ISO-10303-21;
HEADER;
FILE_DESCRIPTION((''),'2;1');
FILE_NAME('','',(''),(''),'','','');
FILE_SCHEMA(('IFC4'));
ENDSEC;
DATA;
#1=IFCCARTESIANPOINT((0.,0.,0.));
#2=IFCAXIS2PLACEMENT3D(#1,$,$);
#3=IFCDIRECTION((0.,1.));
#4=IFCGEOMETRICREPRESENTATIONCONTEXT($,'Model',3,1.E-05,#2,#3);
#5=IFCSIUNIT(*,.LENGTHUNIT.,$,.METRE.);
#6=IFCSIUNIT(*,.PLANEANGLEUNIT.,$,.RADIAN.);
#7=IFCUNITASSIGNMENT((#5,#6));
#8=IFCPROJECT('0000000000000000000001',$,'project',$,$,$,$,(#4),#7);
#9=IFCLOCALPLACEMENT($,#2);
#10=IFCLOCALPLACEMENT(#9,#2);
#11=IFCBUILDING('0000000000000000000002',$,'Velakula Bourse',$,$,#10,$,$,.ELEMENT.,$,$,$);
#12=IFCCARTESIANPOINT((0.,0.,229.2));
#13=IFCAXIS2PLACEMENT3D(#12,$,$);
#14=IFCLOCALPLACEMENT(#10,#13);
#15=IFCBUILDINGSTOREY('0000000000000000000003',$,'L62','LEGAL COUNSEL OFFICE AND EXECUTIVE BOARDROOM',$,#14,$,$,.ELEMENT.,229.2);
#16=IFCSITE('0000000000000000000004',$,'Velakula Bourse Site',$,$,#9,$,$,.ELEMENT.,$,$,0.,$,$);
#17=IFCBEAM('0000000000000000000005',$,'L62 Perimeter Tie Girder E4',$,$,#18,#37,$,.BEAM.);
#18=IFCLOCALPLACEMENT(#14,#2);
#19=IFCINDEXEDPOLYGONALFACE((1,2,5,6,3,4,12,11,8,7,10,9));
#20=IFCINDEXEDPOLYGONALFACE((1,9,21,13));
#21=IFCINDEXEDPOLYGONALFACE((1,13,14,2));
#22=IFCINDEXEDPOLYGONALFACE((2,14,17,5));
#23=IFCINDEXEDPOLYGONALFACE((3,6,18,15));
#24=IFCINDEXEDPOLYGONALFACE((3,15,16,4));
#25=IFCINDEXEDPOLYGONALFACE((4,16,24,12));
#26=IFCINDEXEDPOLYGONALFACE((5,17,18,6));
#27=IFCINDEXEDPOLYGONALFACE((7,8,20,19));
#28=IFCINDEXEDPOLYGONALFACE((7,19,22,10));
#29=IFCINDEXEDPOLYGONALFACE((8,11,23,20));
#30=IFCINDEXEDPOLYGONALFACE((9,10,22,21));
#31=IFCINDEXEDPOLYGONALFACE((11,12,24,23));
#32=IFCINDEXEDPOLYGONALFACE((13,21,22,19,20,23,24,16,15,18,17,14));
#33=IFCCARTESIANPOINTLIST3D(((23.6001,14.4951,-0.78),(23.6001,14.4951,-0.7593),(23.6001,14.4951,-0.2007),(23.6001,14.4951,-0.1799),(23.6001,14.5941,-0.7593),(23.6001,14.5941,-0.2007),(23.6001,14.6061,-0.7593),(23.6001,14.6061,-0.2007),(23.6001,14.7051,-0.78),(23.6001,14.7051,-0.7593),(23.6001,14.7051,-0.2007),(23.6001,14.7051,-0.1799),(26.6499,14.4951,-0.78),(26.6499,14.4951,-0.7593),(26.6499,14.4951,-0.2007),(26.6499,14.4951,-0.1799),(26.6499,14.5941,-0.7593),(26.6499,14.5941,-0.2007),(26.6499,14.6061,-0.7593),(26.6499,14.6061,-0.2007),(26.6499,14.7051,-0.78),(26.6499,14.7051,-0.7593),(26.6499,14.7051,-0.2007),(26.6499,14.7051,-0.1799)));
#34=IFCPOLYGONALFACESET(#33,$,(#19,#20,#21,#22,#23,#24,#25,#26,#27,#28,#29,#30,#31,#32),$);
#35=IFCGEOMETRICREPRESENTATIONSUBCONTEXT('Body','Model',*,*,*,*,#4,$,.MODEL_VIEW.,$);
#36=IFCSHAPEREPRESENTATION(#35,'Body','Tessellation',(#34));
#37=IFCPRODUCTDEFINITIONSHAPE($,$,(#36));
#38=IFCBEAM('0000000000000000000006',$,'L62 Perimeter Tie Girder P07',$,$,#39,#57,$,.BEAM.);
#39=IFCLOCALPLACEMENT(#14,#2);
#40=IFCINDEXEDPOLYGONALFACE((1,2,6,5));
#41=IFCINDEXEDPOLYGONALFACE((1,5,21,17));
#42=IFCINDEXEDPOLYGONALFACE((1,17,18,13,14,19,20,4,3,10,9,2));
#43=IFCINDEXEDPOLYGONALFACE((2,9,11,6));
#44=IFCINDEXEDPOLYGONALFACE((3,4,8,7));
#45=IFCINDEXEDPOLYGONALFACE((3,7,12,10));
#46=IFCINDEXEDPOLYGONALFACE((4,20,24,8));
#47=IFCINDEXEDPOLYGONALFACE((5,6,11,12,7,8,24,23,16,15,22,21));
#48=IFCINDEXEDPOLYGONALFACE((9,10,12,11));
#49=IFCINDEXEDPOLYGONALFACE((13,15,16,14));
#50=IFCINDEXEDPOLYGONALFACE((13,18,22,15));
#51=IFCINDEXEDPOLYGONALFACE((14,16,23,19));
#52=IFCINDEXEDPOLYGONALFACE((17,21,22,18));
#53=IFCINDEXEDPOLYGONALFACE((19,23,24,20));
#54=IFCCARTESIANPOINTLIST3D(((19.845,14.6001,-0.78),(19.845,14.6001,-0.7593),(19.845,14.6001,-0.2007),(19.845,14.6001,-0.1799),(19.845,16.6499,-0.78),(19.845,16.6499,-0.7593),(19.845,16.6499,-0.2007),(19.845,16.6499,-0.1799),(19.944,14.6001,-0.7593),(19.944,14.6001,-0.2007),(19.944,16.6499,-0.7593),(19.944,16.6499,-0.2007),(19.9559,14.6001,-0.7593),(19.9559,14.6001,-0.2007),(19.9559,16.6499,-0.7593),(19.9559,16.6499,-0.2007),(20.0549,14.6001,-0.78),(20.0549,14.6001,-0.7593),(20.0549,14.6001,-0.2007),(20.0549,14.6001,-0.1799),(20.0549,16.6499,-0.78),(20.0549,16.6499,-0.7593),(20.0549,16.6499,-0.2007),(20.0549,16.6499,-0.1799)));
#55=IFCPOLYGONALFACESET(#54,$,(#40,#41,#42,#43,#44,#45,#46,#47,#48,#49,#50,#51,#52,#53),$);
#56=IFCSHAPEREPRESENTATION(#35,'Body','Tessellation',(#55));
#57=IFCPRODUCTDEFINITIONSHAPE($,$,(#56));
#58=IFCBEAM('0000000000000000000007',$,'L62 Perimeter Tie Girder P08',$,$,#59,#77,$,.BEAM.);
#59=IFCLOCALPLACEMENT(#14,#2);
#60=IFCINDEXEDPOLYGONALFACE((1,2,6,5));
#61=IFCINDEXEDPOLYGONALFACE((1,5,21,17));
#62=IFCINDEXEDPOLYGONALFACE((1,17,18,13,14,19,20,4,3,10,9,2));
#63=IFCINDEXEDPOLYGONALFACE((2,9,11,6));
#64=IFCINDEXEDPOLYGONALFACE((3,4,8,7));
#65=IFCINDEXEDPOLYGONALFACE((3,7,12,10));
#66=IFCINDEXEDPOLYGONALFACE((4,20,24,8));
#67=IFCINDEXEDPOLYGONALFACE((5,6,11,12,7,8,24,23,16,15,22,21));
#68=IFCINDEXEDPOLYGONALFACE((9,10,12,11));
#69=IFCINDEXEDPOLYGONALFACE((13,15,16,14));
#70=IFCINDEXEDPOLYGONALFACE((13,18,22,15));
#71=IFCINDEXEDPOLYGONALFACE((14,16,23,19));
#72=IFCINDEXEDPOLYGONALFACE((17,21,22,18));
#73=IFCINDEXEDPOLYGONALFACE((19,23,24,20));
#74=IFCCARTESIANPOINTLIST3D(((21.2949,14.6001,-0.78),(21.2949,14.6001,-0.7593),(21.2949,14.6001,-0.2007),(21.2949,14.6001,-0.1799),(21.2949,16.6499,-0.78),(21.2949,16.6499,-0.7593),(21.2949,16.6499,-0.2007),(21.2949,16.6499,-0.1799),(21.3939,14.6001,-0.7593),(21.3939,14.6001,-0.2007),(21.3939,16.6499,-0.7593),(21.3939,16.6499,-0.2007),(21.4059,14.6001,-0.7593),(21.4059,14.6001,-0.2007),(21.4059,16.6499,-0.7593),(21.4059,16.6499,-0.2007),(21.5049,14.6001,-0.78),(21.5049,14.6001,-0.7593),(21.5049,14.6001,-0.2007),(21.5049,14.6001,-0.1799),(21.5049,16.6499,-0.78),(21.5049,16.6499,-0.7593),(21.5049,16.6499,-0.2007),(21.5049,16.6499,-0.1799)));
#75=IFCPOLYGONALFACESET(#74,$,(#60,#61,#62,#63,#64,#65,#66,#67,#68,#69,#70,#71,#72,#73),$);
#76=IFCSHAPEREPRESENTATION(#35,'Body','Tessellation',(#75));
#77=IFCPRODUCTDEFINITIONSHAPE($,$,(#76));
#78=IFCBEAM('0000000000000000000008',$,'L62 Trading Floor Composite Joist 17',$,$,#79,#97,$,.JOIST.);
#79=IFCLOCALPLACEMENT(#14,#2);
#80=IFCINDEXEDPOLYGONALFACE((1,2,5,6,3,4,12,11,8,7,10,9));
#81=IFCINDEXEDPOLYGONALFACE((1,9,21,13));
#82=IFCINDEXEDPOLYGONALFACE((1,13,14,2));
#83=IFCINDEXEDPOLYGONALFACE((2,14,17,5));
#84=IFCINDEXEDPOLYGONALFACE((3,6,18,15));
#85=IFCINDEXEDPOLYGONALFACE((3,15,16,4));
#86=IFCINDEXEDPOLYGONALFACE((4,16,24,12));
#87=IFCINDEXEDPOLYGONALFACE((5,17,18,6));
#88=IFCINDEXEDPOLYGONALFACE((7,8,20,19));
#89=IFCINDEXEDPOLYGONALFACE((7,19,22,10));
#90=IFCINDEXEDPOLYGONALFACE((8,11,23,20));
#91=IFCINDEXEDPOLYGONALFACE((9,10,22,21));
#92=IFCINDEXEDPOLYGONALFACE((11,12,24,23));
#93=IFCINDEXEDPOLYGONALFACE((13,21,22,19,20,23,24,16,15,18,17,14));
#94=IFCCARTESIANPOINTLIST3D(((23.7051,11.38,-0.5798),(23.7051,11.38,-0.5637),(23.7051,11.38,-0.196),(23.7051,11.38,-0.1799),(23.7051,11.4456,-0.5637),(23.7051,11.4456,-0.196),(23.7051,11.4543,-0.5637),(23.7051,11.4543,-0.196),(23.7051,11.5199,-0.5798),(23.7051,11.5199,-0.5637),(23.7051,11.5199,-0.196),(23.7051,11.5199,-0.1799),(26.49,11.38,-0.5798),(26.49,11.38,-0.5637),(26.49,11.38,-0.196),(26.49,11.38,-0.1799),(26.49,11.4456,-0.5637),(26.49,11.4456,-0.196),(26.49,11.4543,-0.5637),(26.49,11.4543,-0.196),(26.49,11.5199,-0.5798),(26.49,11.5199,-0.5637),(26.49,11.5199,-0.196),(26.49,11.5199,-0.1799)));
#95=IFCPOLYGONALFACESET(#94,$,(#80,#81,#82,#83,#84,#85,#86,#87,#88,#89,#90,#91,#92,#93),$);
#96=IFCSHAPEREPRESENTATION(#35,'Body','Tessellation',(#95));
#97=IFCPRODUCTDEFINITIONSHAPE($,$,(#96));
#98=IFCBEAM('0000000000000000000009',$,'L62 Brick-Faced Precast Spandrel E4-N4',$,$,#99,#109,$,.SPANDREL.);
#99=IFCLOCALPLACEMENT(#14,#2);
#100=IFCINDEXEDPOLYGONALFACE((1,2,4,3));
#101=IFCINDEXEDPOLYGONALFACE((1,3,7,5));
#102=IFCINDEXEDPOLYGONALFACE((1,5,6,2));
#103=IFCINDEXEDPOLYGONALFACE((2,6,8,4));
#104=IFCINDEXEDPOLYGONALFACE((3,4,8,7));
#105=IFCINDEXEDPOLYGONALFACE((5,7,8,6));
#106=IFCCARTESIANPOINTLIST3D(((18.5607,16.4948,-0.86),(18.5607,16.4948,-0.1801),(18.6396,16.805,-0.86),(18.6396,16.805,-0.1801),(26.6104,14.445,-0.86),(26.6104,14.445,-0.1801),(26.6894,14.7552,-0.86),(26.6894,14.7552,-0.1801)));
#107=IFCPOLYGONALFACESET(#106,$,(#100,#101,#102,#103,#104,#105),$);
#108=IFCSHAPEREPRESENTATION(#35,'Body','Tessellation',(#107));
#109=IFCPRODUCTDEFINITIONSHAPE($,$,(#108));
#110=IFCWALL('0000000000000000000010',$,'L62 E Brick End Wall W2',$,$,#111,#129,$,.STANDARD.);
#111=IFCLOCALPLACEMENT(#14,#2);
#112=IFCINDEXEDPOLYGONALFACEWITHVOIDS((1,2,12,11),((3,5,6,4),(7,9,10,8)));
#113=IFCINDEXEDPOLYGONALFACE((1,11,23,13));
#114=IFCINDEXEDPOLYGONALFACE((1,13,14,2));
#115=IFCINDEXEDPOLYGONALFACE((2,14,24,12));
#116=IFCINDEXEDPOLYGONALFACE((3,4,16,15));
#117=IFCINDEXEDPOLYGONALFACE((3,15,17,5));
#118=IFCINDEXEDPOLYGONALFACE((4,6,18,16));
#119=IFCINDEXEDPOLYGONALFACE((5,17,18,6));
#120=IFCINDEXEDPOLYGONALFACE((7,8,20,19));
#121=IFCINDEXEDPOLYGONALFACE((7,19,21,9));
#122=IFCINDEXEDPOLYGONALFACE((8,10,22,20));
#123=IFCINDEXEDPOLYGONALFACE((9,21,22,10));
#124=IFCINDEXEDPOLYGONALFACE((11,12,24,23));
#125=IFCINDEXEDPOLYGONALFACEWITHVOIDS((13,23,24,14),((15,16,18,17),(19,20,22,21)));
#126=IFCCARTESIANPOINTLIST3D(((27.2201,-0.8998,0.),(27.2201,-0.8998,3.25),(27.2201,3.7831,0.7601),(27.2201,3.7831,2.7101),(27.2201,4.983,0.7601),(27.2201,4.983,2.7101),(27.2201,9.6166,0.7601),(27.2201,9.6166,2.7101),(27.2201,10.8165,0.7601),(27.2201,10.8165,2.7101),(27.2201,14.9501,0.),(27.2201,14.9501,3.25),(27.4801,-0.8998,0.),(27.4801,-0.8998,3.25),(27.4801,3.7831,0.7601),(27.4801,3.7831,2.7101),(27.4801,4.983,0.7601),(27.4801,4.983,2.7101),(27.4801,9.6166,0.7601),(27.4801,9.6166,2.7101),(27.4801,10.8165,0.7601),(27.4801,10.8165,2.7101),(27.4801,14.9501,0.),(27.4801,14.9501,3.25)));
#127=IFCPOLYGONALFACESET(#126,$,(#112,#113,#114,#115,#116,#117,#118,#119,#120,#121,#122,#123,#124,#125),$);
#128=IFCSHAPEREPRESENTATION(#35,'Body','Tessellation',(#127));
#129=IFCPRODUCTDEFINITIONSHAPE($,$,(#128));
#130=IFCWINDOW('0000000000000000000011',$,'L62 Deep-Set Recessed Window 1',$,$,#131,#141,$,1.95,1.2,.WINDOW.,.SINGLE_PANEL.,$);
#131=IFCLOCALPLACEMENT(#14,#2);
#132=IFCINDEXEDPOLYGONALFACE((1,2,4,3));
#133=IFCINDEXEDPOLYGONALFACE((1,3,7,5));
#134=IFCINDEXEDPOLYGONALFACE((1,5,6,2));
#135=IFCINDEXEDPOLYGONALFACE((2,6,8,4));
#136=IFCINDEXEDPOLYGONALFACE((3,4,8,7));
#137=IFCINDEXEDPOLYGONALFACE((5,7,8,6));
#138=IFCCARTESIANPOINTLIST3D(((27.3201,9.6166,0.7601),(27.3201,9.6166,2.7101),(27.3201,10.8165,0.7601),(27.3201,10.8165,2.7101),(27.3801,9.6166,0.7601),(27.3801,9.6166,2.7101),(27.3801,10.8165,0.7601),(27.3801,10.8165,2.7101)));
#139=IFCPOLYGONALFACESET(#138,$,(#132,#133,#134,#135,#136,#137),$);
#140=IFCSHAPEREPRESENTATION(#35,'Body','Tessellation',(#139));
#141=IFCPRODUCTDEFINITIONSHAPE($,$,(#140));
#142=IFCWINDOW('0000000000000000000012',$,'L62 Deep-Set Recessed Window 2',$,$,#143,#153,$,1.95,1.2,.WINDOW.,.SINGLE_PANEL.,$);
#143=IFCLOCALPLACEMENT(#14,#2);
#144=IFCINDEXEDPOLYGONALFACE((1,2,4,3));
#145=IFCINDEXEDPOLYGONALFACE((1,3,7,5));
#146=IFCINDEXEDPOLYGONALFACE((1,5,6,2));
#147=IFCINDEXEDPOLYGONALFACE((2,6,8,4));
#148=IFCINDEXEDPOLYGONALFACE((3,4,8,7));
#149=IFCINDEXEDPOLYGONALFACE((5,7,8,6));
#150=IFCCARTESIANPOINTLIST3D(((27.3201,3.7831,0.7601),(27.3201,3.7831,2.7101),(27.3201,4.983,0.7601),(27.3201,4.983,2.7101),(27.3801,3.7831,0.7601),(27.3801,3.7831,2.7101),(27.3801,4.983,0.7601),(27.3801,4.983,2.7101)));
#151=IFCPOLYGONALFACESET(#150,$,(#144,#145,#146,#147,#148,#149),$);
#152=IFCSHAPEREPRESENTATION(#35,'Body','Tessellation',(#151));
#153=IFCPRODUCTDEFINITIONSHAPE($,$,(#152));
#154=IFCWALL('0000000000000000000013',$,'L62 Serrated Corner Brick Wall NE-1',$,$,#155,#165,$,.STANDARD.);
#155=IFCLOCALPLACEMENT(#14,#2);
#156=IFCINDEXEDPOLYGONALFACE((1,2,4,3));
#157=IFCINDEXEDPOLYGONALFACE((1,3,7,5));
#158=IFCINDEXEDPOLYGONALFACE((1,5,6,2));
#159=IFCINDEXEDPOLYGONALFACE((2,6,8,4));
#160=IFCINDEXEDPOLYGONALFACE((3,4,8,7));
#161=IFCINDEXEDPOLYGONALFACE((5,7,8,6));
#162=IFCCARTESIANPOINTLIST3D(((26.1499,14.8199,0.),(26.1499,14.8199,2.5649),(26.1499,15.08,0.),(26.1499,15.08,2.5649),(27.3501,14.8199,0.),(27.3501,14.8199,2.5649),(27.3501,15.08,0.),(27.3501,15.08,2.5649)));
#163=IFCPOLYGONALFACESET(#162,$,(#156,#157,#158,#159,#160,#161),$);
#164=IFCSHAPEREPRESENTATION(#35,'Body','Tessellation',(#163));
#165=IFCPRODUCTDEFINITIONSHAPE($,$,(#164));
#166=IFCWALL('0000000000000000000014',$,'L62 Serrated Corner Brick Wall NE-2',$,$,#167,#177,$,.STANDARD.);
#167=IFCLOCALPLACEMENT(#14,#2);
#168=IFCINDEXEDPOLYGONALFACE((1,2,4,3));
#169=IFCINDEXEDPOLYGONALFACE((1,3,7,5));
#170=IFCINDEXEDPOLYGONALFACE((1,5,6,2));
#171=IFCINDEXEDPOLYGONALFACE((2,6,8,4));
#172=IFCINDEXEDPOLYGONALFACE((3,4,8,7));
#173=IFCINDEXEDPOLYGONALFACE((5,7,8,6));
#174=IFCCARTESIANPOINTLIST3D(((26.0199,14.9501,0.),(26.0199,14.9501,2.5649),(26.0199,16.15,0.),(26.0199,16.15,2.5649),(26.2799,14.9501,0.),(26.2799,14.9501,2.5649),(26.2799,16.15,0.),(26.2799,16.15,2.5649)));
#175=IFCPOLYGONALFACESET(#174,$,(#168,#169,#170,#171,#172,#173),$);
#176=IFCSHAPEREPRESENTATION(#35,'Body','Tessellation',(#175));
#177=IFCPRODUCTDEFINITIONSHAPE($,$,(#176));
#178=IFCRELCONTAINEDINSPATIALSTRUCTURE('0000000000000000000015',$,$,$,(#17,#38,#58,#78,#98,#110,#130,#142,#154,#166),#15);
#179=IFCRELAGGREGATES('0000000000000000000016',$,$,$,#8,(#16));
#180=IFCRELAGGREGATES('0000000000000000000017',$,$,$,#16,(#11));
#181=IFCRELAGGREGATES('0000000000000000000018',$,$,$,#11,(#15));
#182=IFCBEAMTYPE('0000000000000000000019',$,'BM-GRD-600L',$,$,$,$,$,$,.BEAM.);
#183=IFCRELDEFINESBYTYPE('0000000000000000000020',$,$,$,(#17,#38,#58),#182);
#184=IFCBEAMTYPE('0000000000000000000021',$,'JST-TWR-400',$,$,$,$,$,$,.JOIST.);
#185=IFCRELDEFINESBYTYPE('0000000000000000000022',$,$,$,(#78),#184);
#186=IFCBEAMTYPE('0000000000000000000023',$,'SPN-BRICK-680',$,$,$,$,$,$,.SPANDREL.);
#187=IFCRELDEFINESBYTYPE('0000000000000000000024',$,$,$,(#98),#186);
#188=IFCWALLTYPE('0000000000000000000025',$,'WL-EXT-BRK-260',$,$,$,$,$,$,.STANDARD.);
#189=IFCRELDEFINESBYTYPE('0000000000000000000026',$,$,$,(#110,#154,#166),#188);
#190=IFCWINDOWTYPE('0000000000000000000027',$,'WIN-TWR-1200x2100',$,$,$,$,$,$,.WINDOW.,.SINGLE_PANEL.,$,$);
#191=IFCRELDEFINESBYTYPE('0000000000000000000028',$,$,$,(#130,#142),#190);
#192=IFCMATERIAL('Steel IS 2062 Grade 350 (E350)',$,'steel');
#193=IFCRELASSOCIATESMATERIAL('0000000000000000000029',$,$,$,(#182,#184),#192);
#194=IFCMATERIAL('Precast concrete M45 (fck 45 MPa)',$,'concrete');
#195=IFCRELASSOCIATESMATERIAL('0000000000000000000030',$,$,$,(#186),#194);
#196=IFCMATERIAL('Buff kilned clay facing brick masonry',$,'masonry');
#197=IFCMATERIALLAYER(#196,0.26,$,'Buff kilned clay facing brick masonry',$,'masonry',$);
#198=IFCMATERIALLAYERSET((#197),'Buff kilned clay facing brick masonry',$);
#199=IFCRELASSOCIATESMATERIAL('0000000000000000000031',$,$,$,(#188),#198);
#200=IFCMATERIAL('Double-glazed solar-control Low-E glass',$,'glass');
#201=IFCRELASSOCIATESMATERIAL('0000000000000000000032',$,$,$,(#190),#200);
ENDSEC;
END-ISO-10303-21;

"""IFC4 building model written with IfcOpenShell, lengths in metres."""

from ifc_helpers import new_model, si_unit, direction, frame, frame_2d, origin, origin_2d, place, context, subcontext, project, spatial, rectangle, i_section, extrude, material, layer, layer_set, material_profile, profile_set, type_object, element, fill, save


model = new_model("IFC4")

# Units and contexts
model_context = context("Model", 3, precision=1e-05, world=origin(), true_north=direction((0.0, 1.0)))
body_context = subcontext(model_context, "Body", "Model", "MODEL_VIEW")
ifc_project = project(units=[si_unit("LENGTHUNIT", "METRE"), si_unit("PLANEANGLEUNIT", "RADIAN")], contexts=[model_context])

# Site, building, storey
site_placement = place(None, origin())
site = spatial("IfcSite", under=ifc_project, at=site_placement, Name="Velakula Bourse Site", CompositionType="ELEMENT", RefElevation=0.0)
building_placement = place(site_placement, origin())
building = spatial("IfcBuilding", under=site, at=building_placement, Name="Velakula Bourse", CompositionType="ELEMENT")
storey_placement = place(building_placement, frame((0.0, 0.0, 229.2)))
storey = spatial("IfcBuildingStorey", under=building, at=storey_placement, Name="L62", Description="LEGAL COUNSEL OFFICE AND EXECUTIVE BOARDROOM", CompositionType="ELEMENT", Elevation=229.2)

# Shared definitions
ifc_material_1 = material(Name="Steel IS 2062 Grade 350 (E350)", Category="steel")
ifc_material_2 = material(Name="Precast concrete M45 (fck 45 MPa)", Category="concrete")

# Beams
ifc_material_profile_1 = material_profile(ifc_material_1, i_section(OverallWidth=0.21, OverallDepth=0.6001, WebThickness=0.012, FlangeThickness=0.0208, at=origin_2d()), Name="Steel IS 2062 Grade 350 (E350)")
ifc_profile_set_1 = profile_set([ifc_material_profile_1], Name="Steel IS 2062 Grade 350 (E350)")
beam_type_1 = type_object("IfcBeamType", Name="BM-GRD-600L", PredefinedType="BEAM", material=ifc_profile_set_1)
beam_1_placement = place(storey_placement, frame((23.6001, 14.6001, -0.48), z_axis=(1.0, 0.0, 0.0), x_axis=(0.0, 1.0, 0.0)))
element("IfcBeam", 1, at=beam_1_placement, inside=storey, type_object=beam_type_1, Name="L62 Perimeter Tie Girder E4", PredefinedType="BEAM", context=body_context, shape_type="SweptSolid", body=[
    extrude(i_section(OverallWidth=0.21, OverallDepth=0.6001, WebThickness=0.012, FlangeThickness=0.0208, at=origin_2d()), origin(), (0.0, 0.0, 1.0), 3.0498),
])
for number, where, z_axis, x_axis, name in (
    (2, (19.95, 14.6001, -0.48), (0.0, 1.0, 0.0), (-1.0, 0.0, 0.0), "L62 Perimeter Tie Girder P07"),
    (3, (21.3999, 14.6001, -0.48), (0.0, 1.0, 0.0), (-1.0, 0.0, 0.0), "L62 Perimeter Tie Girder P08"),
):
    element("IfcBeam", number, at=place(storey_placement, frame(where, z_axis=z_axis, x_axis=x_axis)), inside=storey, type_object=beam_type_1, Name=name, PredefinedType="BEAM", context=body_context, shape_type="SweptSolid", body=[
        extrude(i_section(OverallWidth=0.21, OverallDepth=0.6001, WebThickness=0.012, FlangeThickness=0.0208, at=origin_2d()), origin(), (0.0, 0.0, 1.0), 2.0498),
    ])
ifc_material_profile_2 = material_profile(ifc_material_1, i_section(OverallWidth=0.1399, OverallDepth=0.3999, WebThickness=0.0088, FlangeThickness=0.0161, at=origin_2d()), Name="Steel IS 2062 Grade 350 (E350)")
ifc_profile_set_2 = profile_set([ifc_material_profile_2], Name="Steel IS 2062 Grade 350 (E350)")
beam_type_2 = type_object("IfcBeamType", Name="JST-TWR-400", PredefinedType="JOIST", material=ifc_profile_set_2)
beam_2_placement = place(storey_placement, frame((23.7051, 11.45, -0.3799), z_axis=(1.0, 0.0, 0.0), x_axis=(0.0, 1.0, 0.0)))
element("IfcBeam", 4, at=beam_2_placement, inside=storey, type_object=beam_type_2, Name="L62 Trading Floor Composite Joist 17", PredefinedType="JOIST", context=body_context, shape_type="SweptSolid", body=[
    extrude(i_section(OverallWidth=0.1399, OverallDepth=0.3999, WebThickness=0.0088, FlangeThickness=0.0161, at=origin_2d()), origin(), (0.0, 0.0, 1.0), 2.7849),
])
ifc_material_profile_3 = material_profile(ifc_material_2, rectangle(XDim=0.3201, YDim=0.6799, at=origin_2d()), Name="Precast concrete M45 (fck 45 MPa)")
ifc_profile_set_3 = profile_set([ifc_material_profile_3], Name="Precast concrete M45 (fck 45 MPa)")
beam_type_3 = type_object("IfcBeamType", Name="SPN-BRICK-680", PredefinedType="SPANDREL", material=ifc_profile_set_3)
beam_3_placement = place(storey_placement, frame((26.6499, 14.6001, -0.52), z_axis=(-0.969075, 0.246766, 0.0), x_axis=(-0.246766, -0.969075, 0.0)))
element("IfcBeam", 5, at=beam_3_placement, inside=storey, type_object=beam_type_3, Name="L62 Brick-Faced Precast Spandrel E4-N4", PredefinedType="SPANDREL", context=body_context, shape_type="SweptSolid", body=[
    extrude(rectangle(XDim=0.3201, YDim=0.6799, at=origin_2d()), origin(), (0.0, 0.0, 1.0), 8.3066),
])

# Wall, openings, windows
ifc_material_3 = material(Name="Buff kilned clay facing brick masonry", Category="masonry")
ifc_layer = layer(ifc_material_3, 0.26, Name="Buff kilned clay facing brick masonry", Category="masonry")
ifc_layer_set = layer_set([ifc_layer], Name="Buff kilned clay facing brick masonry")
wall_type = type_object("IfcWallType", Name="WL-EXT-BRK-260", PredefinedType="STANDARD", material=ifc_layer_set)
wall_1_placement = place(storey_placement, frame((27.3501, 14.95, 0.0), z_axis=(0.0, 0.0, 1.0), x_axis=(0.0, -1.0, 0.0)))
wall_1 = element("IfcWall", 6, at=wall_1_placement, inside=storey, type_object=wall_type, Name="L62 E Brick End Wall W2", PredefinedType="STANDARD", context=body_context, shape_type="SweptSolid", body=[
    extrude(rectangle(XDim=15.8499, YDim=0.26, at=frame_2d((7.9248, 0.0))), origin(), (0.0, 0.0, 1.0), 3.25),
])
opening_1_placement = place(wall_1_placement, frame((4.1333, 0.0, 0.76)))
opening_1 = element("IfcOpeningElement", 7, at=opening_1_placement, cuts=wall_1, PredefinedType="OPENING", context=body_context, shape_type="SweptSolid", body=[
    extrude(rectangle(XDim=1.2, YDim=1.95, at=frame_2d((0.6001, 0.9751))), frame((0.0, 0.1399, 0.0), z_axis=(0.0, -1.0, 0.0), x_axis=(1.0, 0.0, 0.0)), (0.0, 0.0, 1.0), 0.28),
])
opening_2_placement = place(wall_1_placement, frame((9.9668, 0.0, 0.76)))
opening_2 = element("IfcOpeningElement", 8, at=opening_2_placement, cuts=wall_1, PredefinedType="OPENING", context=body_context, shape_type="SweptSolid", body=[
    extrude(rectangle(XDim=1.2, YDim=1.95, at=frame_2d((0.6001, 0.9751))), frame((0.0, 0.1399, 0.0), z_axis=(0.0, -1.0, 0.0), x_axis=(1.0, 0.0, 0.0)), (0.0, 0.0, 1.0), 0.28),
])
ifc_material_4 = material(Name="Double-glazed solar-control Low-E glass", Category="glass")
window_type = type_object("IfcWindowType", Name="WIN-TWR-1200x2100", PartitioningType="SINGLE_PANEL", PredefinedType="WINDOW", material=ifc_material_4)
window_1_placement = place(opening_1_placement, origin())
window_1 = element("IfcWindow", 9, at=window_1_placement, inside=storey, type_object=window_type, Name="L62 Deep-Set Recessed Window 1", OverallHeight=1.95, OverallWidth=1.2, PartitioningType="SINGLE_PANEL", PredefinedType="WINDOW", context=body_context, shape_type="SweptSolid", body=[
    extrude(rectangle(XDim=1.2, YDim=1.95, at=frame_2d((0.6001, 0.9751))), frame((0.0, 0.03, 0.0), z_axis=(0.0, -1.0, 0.0), x_axis=(1.0, 0.0, 0.0)), (0.0, 0.0, 1.0), 0.0601),
])
fill(opening_1, window_1)
window_2_placement = place(opening_2_placement, origin())
window_2 = element("IfcWindow", 10, at=window_2_placement, inside=storey, type_object=window_type, Name="L62 Deep-Set Recessed Window 2", OverallHeight=1.95, OverallWidth=1.2, PartitioningType="SINGLE_PANEL", PredefinedType="WINDOW", context=body_context, shape_type="SweptSolid", body=[
    extrude(rectangle(XDim=1.2, YDim=1.95, at=frame_2d((0.6001, 0.9751))), frame((0.0, 0.03, 0.0), z_axis=(0.0, -1.0, 0.0), x_axis=(1.0, 0.0, 0.0)), (0.0, 0.0, 1.0), 0.0601),
])
fill(opening_2, window_2)

# Walls
wall_2_placement = place(storey_placement, frame((27.3501, 14.95, 0.0), z_axis=(0.0, 0.0, 1.0), x_axis=(-1.0, 0.0, 0.0)))
element("IfcWall", 11, at=wall_2_placement, inside=storey, type_object=wall_type, Name="L62 Serrated Corner Brick Wall NE-1", PredefinedType="STANDARD", context=body_context, shape_type="SweptSolid", body=[
    extrude(rectangle(XDim=1.2002, YDim=0.26, at=frame_2d((0.6001, 0.0))), origin(), (0.0, 0.0, 1.0), 2.5649),
])
for number, where, z_axis, x_axis, name in (
    (12, (26.1499, 14.95, 0.0), (0.0, 0.0, 1.0), (0.0, 1.0, 0.0), "L62 Serrated Corner Brick Wall NE-2"),
):
    element("IfcWall", number, at=place(storey_placement, frame(where, z_axis=z_axis, x_axis=x_axis)), inside=storey, type_object=wall_type, Name=name, PredefinedType="STANDARD", context=body_context, shape_type="SweptSolid", body=[
        extrude(rectangle(XDim=1.2, YDim=0.26, at=frame_2d((0.6001, 0.0))), origin(), (0.0, 0.0, 1.0), 2.5649),
    ])

save(model, "model.ifc")
